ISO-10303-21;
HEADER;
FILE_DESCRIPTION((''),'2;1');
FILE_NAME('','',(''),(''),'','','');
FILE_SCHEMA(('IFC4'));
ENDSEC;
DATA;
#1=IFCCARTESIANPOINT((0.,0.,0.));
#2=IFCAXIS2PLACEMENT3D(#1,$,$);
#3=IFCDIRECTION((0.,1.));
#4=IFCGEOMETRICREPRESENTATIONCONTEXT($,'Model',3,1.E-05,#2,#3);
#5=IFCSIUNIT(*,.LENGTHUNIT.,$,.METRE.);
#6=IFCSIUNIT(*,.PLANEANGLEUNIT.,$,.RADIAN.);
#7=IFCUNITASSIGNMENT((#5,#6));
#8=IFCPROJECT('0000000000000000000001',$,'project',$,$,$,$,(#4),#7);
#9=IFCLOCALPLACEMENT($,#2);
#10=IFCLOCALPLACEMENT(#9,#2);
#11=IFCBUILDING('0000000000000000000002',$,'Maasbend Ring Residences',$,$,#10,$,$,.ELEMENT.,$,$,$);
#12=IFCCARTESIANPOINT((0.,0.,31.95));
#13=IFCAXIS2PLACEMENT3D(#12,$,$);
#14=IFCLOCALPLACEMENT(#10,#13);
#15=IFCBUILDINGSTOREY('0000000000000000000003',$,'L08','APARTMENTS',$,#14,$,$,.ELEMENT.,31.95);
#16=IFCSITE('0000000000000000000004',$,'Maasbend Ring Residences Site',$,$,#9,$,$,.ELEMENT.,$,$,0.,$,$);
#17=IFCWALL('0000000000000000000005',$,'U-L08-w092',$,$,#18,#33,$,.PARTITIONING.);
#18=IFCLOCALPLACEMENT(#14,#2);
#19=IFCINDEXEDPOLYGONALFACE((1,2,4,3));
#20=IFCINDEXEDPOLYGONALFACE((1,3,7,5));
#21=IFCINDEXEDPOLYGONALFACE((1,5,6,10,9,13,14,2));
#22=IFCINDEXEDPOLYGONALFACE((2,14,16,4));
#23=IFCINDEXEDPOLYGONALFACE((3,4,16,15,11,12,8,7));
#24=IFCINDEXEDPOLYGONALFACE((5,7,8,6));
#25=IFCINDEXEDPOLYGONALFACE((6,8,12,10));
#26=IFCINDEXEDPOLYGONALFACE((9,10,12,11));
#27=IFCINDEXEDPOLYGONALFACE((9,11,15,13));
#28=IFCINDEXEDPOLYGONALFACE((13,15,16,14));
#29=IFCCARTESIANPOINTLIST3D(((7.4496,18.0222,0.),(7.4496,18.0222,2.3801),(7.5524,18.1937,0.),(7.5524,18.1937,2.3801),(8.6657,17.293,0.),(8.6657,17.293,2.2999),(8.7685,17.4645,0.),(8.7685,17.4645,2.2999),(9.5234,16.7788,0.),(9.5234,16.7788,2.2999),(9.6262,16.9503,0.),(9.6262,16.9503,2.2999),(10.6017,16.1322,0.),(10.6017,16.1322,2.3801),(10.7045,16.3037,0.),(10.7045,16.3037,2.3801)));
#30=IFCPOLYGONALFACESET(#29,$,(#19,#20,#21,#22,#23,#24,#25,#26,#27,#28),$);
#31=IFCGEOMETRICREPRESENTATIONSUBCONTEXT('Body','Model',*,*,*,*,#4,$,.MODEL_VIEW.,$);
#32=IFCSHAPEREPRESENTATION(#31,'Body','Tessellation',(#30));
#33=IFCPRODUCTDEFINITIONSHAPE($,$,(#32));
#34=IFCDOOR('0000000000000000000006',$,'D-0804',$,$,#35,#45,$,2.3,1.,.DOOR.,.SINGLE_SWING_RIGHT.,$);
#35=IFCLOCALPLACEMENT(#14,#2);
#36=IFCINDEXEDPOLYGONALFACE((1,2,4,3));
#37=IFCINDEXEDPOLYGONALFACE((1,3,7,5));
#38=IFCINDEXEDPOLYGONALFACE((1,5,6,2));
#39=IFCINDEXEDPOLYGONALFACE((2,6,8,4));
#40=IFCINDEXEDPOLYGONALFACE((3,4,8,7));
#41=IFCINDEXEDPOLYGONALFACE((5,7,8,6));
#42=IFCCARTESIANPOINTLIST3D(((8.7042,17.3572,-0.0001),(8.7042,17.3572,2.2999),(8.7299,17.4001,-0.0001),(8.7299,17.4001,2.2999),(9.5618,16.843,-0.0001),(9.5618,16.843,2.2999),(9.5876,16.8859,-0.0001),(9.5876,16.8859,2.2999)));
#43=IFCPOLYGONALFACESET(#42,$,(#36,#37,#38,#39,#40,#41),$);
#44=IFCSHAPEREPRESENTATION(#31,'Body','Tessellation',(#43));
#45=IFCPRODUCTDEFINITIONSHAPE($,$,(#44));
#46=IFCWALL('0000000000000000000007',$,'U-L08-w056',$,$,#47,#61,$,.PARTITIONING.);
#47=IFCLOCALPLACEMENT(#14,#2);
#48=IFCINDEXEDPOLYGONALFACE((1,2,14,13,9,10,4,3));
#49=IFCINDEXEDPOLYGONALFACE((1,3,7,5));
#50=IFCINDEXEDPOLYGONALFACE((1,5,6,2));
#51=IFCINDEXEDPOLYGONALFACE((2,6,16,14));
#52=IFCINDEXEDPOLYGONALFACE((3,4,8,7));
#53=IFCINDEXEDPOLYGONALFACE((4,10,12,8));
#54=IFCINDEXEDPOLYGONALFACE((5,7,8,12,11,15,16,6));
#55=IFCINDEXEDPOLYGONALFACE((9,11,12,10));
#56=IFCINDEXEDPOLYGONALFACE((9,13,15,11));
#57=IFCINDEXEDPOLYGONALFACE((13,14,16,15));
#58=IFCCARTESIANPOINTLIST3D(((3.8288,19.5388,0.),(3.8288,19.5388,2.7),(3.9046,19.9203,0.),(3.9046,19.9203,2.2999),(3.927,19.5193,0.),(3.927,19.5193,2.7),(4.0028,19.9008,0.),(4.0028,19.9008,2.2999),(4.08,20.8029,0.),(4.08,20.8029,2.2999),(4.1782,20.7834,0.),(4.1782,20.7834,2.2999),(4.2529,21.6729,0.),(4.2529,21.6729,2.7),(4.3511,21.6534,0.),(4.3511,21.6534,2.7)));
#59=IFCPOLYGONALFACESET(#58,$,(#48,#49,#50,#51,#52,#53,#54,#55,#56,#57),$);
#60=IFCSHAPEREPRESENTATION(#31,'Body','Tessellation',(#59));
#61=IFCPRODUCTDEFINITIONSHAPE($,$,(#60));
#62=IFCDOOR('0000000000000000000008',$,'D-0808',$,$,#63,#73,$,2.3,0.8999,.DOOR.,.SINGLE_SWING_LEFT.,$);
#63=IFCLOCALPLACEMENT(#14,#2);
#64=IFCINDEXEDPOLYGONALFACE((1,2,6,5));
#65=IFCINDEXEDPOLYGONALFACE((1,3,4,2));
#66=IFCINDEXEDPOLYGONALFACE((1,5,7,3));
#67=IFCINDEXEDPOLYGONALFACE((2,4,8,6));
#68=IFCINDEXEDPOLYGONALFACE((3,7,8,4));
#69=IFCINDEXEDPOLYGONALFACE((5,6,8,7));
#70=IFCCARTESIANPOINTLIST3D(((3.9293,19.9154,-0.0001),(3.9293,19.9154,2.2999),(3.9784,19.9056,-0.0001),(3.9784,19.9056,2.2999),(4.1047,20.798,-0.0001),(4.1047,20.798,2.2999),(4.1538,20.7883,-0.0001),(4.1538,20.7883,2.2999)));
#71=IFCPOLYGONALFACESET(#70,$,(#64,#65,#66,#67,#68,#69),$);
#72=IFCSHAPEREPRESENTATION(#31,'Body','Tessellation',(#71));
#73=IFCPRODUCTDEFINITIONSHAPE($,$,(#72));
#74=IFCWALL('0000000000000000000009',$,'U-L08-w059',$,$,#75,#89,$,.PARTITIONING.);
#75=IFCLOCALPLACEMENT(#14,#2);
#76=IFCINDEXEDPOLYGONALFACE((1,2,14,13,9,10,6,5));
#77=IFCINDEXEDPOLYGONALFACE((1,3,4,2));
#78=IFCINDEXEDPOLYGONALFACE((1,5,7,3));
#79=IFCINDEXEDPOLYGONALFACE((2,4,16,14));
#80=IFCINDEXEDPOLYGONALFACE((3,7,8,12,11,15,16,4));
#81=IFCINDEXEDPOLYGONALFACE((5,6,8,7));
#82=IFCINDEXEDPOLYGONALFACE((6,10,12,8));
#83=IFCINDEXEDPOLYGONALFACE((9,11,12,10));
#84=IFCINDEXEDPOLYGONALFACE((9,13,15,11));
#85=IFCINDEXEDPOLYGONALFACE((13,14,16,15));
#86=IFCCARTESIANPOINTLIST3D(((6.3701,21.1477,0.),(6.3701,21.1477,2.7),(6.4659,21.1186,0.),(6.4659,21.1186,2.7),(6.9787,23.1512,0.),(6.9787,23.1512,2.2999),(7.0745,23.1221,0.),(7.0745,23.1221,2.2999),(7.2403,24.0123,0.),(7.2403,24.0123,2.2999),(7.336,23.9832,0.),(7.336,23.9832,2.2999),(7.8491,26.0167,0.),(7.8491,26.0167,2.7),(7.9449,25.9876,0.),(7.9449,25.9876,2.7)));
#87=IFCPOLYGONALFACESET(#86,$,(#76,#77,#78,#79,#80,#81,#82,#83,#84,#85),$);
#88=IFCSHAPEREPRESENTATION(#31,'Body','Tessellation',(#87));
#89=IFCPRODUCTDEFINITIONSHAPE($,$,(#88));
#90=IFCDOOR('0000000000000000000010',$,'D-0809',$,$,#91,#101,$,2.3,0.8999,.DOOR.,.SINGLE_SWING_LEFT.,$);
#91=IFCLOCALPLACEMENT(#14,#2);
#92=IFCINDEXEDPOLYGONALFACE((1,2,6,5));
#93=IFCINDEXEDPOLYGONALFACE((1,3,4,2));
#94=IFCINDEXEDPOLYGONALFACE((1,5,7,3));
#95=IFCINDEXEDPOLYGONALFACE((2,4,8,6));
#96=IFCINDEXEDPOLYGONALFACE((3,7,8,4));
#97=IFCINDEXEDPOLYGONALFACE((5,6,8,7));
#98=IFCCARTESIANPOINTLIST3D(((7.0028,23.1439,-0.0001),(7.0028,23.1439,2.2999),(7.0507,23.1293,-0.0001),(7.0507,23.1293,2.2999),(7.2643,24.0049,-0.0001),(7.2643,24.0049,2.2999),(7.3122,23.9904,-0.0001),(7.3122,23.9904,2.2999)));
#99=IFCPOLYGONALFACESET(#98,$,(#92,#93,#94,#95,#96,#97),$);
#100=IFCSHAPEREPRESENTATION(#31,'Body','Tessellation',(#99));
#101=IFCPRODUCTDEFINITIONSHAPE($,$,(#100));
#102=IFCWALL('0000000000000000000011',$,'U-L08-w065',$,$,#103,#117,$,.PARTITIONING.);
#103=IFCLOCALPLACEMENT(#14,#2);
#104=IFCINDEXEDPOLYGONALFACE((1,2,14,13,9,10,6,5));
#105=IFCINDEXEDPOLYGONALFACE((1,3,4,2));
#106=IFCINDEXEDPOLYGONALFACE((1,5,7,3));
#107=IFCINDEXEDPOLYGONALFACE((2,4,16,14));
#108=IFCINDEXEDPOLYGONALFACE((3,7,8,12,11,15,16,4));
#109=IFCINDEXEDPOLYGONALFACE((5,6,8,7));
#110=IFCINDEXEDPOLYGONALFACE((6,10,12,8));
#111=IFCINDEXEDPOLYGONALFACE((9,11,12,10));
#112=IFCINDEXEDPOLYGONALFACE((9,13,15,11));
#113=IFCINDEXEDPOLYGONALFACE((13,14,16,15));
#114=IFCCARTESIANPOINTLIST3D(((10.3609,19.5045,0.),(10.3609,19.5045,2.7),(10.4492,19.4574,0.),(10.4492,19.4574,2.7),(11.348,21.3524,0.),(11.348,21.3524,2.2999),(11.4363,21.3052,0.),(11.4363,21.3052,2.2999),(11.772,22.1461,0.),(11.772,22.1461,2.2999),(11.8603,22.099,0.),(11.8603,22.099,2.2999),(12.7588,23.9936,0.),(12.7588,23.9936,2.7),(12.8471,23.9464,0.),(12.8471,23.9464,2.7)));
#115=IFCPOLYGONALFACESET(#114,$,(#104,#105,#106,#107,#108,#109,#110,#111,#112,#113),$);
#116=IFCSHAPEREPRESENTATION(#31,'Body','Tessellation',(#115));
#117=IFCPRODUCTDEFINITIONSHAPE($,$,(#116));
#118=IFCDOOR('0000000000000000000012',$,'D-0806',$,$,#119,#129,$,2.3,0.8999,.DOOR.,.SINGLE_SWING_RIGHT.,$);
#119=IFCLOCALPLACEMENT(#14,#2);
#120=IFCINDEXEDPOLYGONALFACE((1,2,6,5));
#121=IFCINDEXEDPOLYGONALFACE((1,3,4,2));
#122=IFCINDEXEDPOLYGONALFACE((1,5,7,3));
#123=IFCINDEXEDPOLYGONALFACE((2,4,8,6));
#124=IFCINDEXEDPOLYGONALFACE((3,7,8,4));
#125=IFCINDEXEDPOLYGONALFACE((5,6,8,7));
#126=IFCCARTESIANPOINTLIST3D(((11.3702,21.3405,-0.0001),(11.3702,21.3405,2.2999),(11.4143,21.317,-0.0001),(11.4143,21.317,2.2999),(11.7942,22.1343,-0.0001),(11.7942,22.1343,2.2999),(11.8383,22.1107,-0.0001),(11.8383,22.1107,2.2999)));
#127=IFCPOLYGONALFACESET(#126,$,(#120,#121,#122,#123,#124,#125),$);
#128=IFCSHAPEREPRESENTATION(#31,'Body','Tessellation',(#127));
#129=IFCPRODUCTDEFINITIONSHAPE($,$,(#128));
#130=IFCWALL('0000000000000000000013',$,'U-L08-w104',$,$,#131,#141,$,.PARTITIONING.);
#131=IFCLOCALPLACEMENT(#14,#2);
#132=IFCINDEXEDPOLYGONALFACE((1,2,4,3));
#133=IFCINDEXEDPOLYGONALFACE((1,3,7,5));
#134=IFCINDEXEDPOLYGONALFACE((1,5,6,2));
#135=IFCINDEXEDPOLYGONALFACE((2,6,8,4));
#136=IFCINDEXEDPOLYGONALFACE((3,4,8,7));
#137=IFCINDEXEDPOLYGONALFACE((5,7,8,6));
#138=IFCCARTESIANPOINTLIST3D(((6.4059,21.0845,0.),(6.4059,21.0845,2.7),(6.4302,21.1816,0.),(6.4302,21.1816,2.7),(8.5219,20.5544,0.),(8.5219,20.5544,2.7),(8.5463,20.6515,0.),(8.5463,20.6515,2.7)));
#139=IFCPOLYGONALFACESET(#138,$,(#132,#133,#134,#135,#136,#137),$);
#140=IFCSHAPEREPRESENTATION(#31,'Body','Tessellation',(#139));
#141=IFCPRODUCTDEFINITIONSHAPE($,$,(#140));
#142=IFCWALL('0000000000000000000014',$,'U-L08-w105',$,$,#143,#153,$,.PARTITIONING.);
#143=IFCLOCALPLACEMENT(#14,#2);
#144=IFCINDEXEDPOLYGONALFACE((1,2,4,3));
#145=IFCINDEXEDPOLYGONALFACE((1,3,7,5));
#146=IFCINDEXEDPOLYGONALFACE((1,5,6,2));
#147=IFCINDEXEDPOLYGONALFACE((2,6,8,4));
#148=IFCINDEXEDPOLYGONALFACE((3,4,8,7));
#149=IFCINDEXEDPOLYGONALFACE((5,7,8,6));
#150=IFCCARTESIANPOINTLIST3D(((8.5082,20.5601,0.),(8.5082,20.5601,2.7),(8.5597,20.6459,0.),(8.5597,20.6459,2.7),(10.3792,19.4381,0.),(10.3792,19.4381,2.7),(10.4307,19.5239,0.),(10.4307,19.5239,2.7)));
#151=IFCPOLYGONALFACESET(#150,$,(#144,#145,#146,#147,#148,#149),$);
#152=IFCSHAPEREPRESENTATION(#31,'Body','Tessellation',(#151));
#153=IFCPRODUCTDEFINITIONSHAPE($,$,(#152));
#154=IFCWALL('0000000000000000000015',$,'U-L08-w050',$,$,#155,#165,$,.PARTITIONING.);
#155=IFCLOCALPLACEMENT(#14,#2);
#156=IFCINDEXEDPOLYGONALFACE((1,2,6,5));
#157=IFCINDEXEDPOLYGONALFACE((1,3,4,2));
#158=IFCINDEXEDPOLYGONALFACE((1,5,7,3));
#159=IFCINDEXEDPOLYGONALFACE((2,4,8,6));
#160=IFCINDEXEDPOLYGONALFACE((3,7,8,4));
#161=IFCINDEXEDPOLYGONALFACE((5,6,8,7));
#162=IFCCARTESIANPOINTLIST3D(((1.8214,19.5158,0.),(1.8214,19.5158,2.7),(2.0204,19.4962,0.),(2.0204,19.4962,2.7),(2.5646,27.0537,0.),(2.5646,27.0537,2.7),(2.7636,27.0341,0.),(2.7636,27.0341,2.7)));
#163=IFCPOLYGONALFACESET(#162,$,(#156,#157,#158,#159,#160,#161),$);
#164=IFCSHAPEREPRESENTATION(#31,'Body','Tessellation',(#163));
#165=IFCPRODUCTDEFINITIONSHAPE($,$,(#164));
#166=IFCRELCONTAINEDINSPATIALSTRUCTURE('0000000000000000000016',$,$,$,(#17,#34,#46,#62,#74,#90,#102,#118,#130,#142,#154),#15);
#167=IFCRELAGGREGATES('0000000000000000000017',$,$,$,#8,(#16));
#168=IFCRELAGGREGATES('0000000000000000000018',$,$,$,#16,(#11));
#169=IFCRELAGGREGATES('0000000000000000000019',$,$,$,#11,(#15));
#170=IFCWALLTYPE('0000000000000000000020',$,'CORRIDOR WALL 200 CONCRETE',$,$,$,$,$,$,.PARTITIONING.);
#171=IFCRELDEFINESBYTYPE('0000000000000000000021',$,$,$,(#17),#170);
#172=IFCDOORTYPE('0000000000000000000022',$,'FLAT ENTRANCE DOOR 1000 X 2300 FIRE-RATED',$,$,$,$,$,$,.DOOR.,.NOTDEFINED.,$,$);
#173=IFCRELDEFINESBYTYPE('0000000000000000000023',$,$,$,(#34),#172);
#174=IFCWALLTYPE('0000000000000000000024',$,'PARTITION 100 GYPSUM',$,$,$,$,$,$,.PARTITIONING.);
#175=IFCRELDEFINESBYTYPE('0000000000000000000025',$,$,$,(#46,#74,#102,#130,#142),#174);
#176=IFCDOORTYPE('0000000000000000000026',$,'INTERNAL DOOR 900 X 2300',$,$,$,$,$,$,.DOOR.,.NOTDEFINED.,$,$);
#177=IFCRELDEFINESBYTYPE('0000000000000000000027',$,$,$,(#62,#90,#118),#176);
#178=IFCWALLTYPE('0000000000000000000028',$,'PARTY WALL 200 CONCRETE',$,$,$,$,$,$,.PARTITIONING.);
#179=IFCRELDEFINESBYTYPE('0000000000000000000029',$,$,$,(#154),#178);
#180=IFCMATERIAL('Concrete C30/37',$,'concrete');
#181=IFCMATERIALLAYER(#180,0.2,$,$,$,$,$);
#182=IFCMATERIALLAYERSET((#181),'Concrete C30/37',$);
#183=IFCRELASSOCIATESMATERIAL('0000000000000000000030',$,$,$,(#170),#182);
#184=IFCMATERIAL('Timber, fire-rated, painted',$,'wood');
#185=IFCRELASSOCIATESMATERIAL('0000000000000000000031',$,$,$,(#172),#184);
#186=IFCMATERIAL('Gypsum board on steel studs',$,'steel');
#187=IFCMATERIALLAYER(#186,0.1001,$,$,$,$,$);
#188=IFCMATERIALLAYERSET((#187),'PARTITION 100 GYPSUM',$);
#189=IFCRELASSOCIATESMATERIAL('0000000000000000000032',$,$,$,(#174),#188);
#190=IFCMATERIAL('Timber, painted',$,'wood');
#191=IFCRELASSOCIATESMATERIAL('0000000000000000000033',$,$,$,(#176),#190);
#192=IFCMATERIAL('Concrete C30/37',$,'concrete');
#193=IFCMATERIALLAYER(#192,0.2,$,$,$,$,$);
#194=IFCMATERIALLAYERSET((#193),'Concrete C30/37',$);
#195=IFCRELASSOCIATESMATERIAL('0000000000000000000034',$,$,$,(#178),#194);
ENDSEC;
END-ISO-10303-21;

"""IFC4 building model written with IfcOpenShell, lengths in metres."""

from ifc_helpers import new_model, si_unit, direction, frame, frame_2d, origin, place, context, subcontext, project, spatial, rectangle, extrude, material, layer, layer_set, type_object, element, fill, save


model = new_model("IFC4")

# Units and contexts
model_context = context("Model", 3, precision=1e-05, world=origin(), true_north=direction((0.0, 1.0)))
body_context = subcontext(model_context, "Body", "Model", "MODEL_VIEW")
ifc_project = project(units=[si_unit("LENGTHUNIT", "METRE"), si_unit("PLANEANGLEUNIT", "RADIAN")], contexts=[model_context])

# Site, building, storey
site_placement = place(None, origin())
site = spatial("IfcSite", under=ifc_project, at=site_placement, Name="Maasbend Ring Residences Site", CompositionType="ELEMENT", RefElevation=0.0)
building_placement = place(site_placement, origin())
building = spatial("IfcBuilding", under=site, at=building_placement, Name="Maasbend Ring Residences", CompositionType="ELEMENT")
storey_placement = place(building_placement, frame((0.0, 0.0, 31.95)))
storey = spatial("IfcBuildingStorey", under=building, at=storey_placement, Name="L08", Description="APARTMENTS", CompositionType="ELEMENT", Elevation=31.95)

# Shared definitions
ifc_material_1 = material(Name="Concrete C30/37", Category="concrete")
ifc_layer_1 = layer(ifc_material_1, 0.2)
ifc_layer_set_1 = layer_set([ifc_layer_1], Name="Concrete C30/37")
wall_type_1 = type_object("IfcWallType", Name="CORRIDOR WALL 200 CONCRETE", PredefinedType="PARTITIONING", material=ifc_layer_set_1)
ifc_material_2 = material(Name="Timber, fire-rated, painted", Category="wood")
door_type_1 = type_object("IfcDoorType", Name="FLAT ENTRANCE DOOR 1000 X 2300 FIRE-RATED", OperationType="NOTDEFINED", PredefinedType="DOOR", material=ifc_material_2)

# Walls, openings, doors
wall_1_placement = place(storey_placement, frame((7.501, 18.1079, 0.0), z_axis=(0.0, 0.0, 1.0), x_axis=(0.857657, -0.514222, 0.0)))
wall_1 = element("IfcWall", 1, at=wall_1_placement, inside=storey, type_object=wall_type_1, Name="U-L08-w092", PredefinedType="PARTITIONING", context=body_context, shape_type="SweptSolid", body=[
    extrude(rectangle(XDim=3.6753, YDim=0.2, at=frame_2d((1.8376, 0.0))), origin(), (0.0, 0.0, 1.0), 2.3801),
])
opening_1_placement = place(wall_1_placement, frame((1.418, 0.0, 0.0)))
opening_1 = element("IfcOpeningElement", 2, at=opening_1_placement, cuts=wall_1, PredefinedType="OPENING", context=body_context, shape_type="SweptSolid", body=[
    extrude(rectangle(XDim=1.0, YDim=2.3, at=frame_2d((0.5, 1.1499))), frame((0.0, 0.1099, 0.0), z_axis=(0.0, -1.0, 0.0), x_axis=(1.0, 0.0, 0.0)), (0.0, 0.0, 1.0), 0.22),
])
door_1_placement = place(opening_1_placement, origin())
door_1 = element("IfcDoor", 3, at=door_1_placement, inside=storey, type_object=door_type_1, Name="D-0804", OperationType="SINGLE_SWING_RIGHT", OverallHeight=2.3, OverallWidth=1.0, PredefinedType="DOOR", context=body_context, shape_type="SweptSolid", body=[
    extrude(rectangle(XDim=1.0, YDim=2.3, at=frame_2d((0.5, 1.1499))), frame((0.0, 0.0249, 0.0), z_axis=(0.0, -1.0, 0.0), x_axis=(1.0, 0.0, 0.0)), (0.0, 0.0, 1.0), 0.05),
])
fill(opening_1, door_1)
ifc_material_3 = material(Name="Gypsum board on steel studs", Category="steel")
ifc_layer_2 = layer(ifc_material_3, 0.1001)
ifc_layer_set_2 = layer_set([ifc_layer_2], Name="PARTITION 100 GYPSUM")
wall_type_2 = type_object("IfcWallType", Name="PARTITION 100 GYPSUM", PredefinedType="PARTITIONING", material=ifc_layer_set_2)
wall_2_placement = place(storey_placement, frame((3.8779, 19.5291, 0.0), z_axis=(0.0, 0.0, 1.0), x_axis=(0.194908, 0.980822, 0.0)))
wall_2 = element("IfcWall", 4, at=wall_2_placement, inside=storey, type_object=wall_type_2, Name="U-L08-w056", PredefinedType="PARTITIONING", context=body_context, shape_type="SweptSolid", body=[
    extrude(rectangle(XDim=2.1758, YDim=0.1001, at=frame_2d((1.0879, 0.0))), origin(), (0.0, 0.0, 1.0), 2.7),
])
opening_2_placement = place(wall_2_placement, frame((0.3889, 0.0, 0.0)))
opening_2 = element("IfcOpeningElement", 5, at=opening_2_placement, cuts=wall_2, PredefinedType="OPENING", context=body_context, shape_type="SweptSolid", body=[
    extrude(rectangle(XDim=0.8999, YDim=2.3, at=frame_2d((0.45, 1.1499))), frame((0.0, 0.0601, 0.0), z_axis=(0.0, -1.0, 0.0), x_axis=(1.0, 0.0, 0.0)), (0.0, 0.0, 1.0), 0.1201),
])
ifc_material_4 = material(Name="Timber, painted", Category="wood")
door_type_2 = type_object("IfcDoorType", Name="INTERNAL DOOR 900 X 2300", OperationType="NOTDEFINED", PredefinedType="DOOR", material=ifc_material_4)
door_2_placement = place(opening_2_placement, origin())
door_2 = element("IfcDoor", 6, at=door_2_placement, inside=storey, type_object=door_type_2, Name="D-0808", OperationType="SINGLE_SWING_LEFT", OverallHeight=2.3, OverallWidth=0.8999, PredefinedType="DOOR", context=body_context, shape_type="SweptSolid", body=[
    extrude(rectangle(XDim=0.8999, YDim=2.3, at=frame_2d((0.45, 1.1499))), frame((0.0, 0.0249, 0.0), z_axis=(0.0, -1.0, 0.0), x_axis=(1.0, 0.0, 0.0)), (0.0, 0.0, 1.0), 0.05),
])
fill(opening_2, door_2)
wall_3_placement = place(storey_placement, frame((6.418, 21.1331, 0.0), z_axis=(0.0, 0.0, 1.0), x_axis=(0.290652, 0.956829, 0.0)))
wall_3 = element("IfcWall", 7, at=wall_3_placement, inside=storey, type_object=wall_type_2, Name="U-L08-w059", PredefinedType="PARTITIONING", context=body_context, shape_type="SweptSolid", body=[
    extrude(rectangle(XDim=5.0886, YDim=0.1001, at=frame_2d((2.5444, 0.0))), origin(), (0.0, 0.0, 1.0), 2.7),
])
opening_3_placement = place(wall_3_placement, frame((2.094, 0.0, 0.0)))
opening_3 = element("IfcOpeningElement", 8, at=opening_3_placement, cuts=wall_3, PredefinedType="OPENING", context=body_context, shape_type="SweptSolid", body=[
    extrude(rectangle(XDim=0.8999, YDim=2.3, at=frame_2d((0.45, 1.1499))), frame((0.0, 0.0601, 0.0), z_axis=(0.0, -1.0, 0.0), x_axis=(1.0, 0.0, 0.0)), (0.0, 0.0, 1.0), 0.1201),
])
door_3_placement = place(opening_3_placement, origin())
door_3 = element("IfcDoor", 9, at=door_3_placement, inside=storey, type_object=door_type_2, Name="D-0809", OperationType="SINGLE_SWING_LEFT", OverallHeight=2.3, OverallWidth=0.8999, PredefinedType="DOOR", context=body_context, shape_type="SweptSolid", body=[
    extrude(rectangle(XDim=0.8999, YDim=2.3, at=frame_2d((0.45, 1.1499))), frame((0.0, 0.0249, 0.0), z_axis=(0.0, -1.0, 0.0), x_axis=(1.0, 0.0, 0.0)), (0.0, 0.0, 1.0), 0.05),
])
fill(opening_3, door_3)
wall_4_placement = place(storey_placement, frame((10.405, 19.481, 0.0), z_axis=(0.0, 0.0, 1.0), x_axis=(0.471171, 0.882042, 0.0)))
wall_4 = element("IfcWall", 10, at=wall_4_placement, inside=storey, type_object=wall_type_2, Name="U-L08-w065", PredefinedType="PARTITIONING", context=body_context, shape_type="SweptSolid", body=[
    extrude(rectangle(XDim=5.0894, YDim=0.1001, at=frame_2d((2.5447, 0.0))), origin(), (0.0, 0.0, 1.0), 2.7),
])
opening_4_placement = place(wall_4_placement, frame((2.095, 0.0, 0.0)))
opening_4 = element("IfcOpeningElement", 11, at=opening_4_placement, cuts=wall_4, PredefinedType="OPENING", context=body_context, shape_type="SweptSolid", body=[
    extrude(rectangle(XDim=0.8999, YDim=2.3, at=frame_2d((0.45, 1.1499))), frame((0.0, 0.0601, 0.0), z_axis=(0.0, -1.0, 0.0), x_axis=(1.0, 0.0, 0.0)), (0.0, 0.0, 1.0), 0.1201),
])
door_4_placement = place(opening_4_placement, origin())
door_4 = element("IfcDoor", 12, at=door_4_placement, inside=storey, type_object=door_type_2, Name="D-0806", OperationType="SINGLE_SWING_RIGHT", OverallHeight=2.3, OverallWidth=0.8999, PredefinedType="DOOR", context=body_context, shape_type="SweptSolid", body=[
    extrude(rectangle(XDim=0.8999, YDim=2.3, at=frame_2d((0.45, 1.1499))), frame((0.0, 0.0249, 0.0), z_axis=(0.0, -1.0, 0.0), x_axis=(1.0, 0.0, 0.0)), (0.0, 0.0, 1.0), 0.05),
])
fill(opening_4, door_4)

# Walls
wall_5_placement = place(storey_placement, frame((6.418, 21.1331, 0.0), z_axis=(0.0, 0.0, 1.0), x_axis=(0.97003, -0.242983, 0.0)))
element("IfcWall", 13, at=wall_5_placement, inside=storey, type_object=wall_type_2, Name="U-L08-w104", PredefinedType="PARTITIONING", context=body_context, shape_type="SweptSolid", body=[
    extrude(rectangle(XDim=2.1814, YDim=0.1001, at=frame_2d((1.0908, 0.0))), origin(), (0.0, 0.0, 1.0), 2.7),
])
wall_6_placement = place(storey_placement, frame((8.5339, 20.603, 0.0), z_axis=(0.0, 0.0, 1.0), x_axis=(0.857611, -0.514298, 0.0)))
element("IfcWall", 14, at=wall_6_placement, inside=storey, type_object=wall_type_2, Name="U-L08-w105", PredefinedType="PARTITIONING", context=body_context, shape_type="SweptSolid", body=[
    extrude(rectangle(XDim=2.1816, YDim=0.1001, at=frame_2d((1.0908, 0.0))), origin(), (0.0, 0.0, 1.0), 2.7),
])
ifc_material_5 = material(Name="Concrete C30/37", Category="concrete")
ifc_layer_3 = layer(ifc_material_5, 0.2)
ifc_layer_set_3 = layer_set([ifc_layer_3], Name="Concrete C30/37")
wall_type_3 = type_object("IfcWallType", Name="PARTY WALL 200 CONCRETE", PredefinedType="PARTITIONING", material=ifc_layer_set_3)
wall_7_placement = place(storey_placement, frame((1.9209, 19.5061, 0.0), z_axis=(0.0, 0.0, 1.0), x_axis=(0.098115, 0.995175, 0.0)))
element("IfcWall", 15, at=wall_7_placement, inside=storey, type_object=wall_type_3, Name="U-L08-w050", PredefinedType="PARTITIONING", context=body_context, shape_type="SweptSolid", body=[
    extrude(rectangle(XDim=7.5745, YDim=0.2, at=frame_2d((3.7871, 0.0))), origin(), (0.0, 0.0, 1.0), 2.7),
])

save(model, "model.ifc")
